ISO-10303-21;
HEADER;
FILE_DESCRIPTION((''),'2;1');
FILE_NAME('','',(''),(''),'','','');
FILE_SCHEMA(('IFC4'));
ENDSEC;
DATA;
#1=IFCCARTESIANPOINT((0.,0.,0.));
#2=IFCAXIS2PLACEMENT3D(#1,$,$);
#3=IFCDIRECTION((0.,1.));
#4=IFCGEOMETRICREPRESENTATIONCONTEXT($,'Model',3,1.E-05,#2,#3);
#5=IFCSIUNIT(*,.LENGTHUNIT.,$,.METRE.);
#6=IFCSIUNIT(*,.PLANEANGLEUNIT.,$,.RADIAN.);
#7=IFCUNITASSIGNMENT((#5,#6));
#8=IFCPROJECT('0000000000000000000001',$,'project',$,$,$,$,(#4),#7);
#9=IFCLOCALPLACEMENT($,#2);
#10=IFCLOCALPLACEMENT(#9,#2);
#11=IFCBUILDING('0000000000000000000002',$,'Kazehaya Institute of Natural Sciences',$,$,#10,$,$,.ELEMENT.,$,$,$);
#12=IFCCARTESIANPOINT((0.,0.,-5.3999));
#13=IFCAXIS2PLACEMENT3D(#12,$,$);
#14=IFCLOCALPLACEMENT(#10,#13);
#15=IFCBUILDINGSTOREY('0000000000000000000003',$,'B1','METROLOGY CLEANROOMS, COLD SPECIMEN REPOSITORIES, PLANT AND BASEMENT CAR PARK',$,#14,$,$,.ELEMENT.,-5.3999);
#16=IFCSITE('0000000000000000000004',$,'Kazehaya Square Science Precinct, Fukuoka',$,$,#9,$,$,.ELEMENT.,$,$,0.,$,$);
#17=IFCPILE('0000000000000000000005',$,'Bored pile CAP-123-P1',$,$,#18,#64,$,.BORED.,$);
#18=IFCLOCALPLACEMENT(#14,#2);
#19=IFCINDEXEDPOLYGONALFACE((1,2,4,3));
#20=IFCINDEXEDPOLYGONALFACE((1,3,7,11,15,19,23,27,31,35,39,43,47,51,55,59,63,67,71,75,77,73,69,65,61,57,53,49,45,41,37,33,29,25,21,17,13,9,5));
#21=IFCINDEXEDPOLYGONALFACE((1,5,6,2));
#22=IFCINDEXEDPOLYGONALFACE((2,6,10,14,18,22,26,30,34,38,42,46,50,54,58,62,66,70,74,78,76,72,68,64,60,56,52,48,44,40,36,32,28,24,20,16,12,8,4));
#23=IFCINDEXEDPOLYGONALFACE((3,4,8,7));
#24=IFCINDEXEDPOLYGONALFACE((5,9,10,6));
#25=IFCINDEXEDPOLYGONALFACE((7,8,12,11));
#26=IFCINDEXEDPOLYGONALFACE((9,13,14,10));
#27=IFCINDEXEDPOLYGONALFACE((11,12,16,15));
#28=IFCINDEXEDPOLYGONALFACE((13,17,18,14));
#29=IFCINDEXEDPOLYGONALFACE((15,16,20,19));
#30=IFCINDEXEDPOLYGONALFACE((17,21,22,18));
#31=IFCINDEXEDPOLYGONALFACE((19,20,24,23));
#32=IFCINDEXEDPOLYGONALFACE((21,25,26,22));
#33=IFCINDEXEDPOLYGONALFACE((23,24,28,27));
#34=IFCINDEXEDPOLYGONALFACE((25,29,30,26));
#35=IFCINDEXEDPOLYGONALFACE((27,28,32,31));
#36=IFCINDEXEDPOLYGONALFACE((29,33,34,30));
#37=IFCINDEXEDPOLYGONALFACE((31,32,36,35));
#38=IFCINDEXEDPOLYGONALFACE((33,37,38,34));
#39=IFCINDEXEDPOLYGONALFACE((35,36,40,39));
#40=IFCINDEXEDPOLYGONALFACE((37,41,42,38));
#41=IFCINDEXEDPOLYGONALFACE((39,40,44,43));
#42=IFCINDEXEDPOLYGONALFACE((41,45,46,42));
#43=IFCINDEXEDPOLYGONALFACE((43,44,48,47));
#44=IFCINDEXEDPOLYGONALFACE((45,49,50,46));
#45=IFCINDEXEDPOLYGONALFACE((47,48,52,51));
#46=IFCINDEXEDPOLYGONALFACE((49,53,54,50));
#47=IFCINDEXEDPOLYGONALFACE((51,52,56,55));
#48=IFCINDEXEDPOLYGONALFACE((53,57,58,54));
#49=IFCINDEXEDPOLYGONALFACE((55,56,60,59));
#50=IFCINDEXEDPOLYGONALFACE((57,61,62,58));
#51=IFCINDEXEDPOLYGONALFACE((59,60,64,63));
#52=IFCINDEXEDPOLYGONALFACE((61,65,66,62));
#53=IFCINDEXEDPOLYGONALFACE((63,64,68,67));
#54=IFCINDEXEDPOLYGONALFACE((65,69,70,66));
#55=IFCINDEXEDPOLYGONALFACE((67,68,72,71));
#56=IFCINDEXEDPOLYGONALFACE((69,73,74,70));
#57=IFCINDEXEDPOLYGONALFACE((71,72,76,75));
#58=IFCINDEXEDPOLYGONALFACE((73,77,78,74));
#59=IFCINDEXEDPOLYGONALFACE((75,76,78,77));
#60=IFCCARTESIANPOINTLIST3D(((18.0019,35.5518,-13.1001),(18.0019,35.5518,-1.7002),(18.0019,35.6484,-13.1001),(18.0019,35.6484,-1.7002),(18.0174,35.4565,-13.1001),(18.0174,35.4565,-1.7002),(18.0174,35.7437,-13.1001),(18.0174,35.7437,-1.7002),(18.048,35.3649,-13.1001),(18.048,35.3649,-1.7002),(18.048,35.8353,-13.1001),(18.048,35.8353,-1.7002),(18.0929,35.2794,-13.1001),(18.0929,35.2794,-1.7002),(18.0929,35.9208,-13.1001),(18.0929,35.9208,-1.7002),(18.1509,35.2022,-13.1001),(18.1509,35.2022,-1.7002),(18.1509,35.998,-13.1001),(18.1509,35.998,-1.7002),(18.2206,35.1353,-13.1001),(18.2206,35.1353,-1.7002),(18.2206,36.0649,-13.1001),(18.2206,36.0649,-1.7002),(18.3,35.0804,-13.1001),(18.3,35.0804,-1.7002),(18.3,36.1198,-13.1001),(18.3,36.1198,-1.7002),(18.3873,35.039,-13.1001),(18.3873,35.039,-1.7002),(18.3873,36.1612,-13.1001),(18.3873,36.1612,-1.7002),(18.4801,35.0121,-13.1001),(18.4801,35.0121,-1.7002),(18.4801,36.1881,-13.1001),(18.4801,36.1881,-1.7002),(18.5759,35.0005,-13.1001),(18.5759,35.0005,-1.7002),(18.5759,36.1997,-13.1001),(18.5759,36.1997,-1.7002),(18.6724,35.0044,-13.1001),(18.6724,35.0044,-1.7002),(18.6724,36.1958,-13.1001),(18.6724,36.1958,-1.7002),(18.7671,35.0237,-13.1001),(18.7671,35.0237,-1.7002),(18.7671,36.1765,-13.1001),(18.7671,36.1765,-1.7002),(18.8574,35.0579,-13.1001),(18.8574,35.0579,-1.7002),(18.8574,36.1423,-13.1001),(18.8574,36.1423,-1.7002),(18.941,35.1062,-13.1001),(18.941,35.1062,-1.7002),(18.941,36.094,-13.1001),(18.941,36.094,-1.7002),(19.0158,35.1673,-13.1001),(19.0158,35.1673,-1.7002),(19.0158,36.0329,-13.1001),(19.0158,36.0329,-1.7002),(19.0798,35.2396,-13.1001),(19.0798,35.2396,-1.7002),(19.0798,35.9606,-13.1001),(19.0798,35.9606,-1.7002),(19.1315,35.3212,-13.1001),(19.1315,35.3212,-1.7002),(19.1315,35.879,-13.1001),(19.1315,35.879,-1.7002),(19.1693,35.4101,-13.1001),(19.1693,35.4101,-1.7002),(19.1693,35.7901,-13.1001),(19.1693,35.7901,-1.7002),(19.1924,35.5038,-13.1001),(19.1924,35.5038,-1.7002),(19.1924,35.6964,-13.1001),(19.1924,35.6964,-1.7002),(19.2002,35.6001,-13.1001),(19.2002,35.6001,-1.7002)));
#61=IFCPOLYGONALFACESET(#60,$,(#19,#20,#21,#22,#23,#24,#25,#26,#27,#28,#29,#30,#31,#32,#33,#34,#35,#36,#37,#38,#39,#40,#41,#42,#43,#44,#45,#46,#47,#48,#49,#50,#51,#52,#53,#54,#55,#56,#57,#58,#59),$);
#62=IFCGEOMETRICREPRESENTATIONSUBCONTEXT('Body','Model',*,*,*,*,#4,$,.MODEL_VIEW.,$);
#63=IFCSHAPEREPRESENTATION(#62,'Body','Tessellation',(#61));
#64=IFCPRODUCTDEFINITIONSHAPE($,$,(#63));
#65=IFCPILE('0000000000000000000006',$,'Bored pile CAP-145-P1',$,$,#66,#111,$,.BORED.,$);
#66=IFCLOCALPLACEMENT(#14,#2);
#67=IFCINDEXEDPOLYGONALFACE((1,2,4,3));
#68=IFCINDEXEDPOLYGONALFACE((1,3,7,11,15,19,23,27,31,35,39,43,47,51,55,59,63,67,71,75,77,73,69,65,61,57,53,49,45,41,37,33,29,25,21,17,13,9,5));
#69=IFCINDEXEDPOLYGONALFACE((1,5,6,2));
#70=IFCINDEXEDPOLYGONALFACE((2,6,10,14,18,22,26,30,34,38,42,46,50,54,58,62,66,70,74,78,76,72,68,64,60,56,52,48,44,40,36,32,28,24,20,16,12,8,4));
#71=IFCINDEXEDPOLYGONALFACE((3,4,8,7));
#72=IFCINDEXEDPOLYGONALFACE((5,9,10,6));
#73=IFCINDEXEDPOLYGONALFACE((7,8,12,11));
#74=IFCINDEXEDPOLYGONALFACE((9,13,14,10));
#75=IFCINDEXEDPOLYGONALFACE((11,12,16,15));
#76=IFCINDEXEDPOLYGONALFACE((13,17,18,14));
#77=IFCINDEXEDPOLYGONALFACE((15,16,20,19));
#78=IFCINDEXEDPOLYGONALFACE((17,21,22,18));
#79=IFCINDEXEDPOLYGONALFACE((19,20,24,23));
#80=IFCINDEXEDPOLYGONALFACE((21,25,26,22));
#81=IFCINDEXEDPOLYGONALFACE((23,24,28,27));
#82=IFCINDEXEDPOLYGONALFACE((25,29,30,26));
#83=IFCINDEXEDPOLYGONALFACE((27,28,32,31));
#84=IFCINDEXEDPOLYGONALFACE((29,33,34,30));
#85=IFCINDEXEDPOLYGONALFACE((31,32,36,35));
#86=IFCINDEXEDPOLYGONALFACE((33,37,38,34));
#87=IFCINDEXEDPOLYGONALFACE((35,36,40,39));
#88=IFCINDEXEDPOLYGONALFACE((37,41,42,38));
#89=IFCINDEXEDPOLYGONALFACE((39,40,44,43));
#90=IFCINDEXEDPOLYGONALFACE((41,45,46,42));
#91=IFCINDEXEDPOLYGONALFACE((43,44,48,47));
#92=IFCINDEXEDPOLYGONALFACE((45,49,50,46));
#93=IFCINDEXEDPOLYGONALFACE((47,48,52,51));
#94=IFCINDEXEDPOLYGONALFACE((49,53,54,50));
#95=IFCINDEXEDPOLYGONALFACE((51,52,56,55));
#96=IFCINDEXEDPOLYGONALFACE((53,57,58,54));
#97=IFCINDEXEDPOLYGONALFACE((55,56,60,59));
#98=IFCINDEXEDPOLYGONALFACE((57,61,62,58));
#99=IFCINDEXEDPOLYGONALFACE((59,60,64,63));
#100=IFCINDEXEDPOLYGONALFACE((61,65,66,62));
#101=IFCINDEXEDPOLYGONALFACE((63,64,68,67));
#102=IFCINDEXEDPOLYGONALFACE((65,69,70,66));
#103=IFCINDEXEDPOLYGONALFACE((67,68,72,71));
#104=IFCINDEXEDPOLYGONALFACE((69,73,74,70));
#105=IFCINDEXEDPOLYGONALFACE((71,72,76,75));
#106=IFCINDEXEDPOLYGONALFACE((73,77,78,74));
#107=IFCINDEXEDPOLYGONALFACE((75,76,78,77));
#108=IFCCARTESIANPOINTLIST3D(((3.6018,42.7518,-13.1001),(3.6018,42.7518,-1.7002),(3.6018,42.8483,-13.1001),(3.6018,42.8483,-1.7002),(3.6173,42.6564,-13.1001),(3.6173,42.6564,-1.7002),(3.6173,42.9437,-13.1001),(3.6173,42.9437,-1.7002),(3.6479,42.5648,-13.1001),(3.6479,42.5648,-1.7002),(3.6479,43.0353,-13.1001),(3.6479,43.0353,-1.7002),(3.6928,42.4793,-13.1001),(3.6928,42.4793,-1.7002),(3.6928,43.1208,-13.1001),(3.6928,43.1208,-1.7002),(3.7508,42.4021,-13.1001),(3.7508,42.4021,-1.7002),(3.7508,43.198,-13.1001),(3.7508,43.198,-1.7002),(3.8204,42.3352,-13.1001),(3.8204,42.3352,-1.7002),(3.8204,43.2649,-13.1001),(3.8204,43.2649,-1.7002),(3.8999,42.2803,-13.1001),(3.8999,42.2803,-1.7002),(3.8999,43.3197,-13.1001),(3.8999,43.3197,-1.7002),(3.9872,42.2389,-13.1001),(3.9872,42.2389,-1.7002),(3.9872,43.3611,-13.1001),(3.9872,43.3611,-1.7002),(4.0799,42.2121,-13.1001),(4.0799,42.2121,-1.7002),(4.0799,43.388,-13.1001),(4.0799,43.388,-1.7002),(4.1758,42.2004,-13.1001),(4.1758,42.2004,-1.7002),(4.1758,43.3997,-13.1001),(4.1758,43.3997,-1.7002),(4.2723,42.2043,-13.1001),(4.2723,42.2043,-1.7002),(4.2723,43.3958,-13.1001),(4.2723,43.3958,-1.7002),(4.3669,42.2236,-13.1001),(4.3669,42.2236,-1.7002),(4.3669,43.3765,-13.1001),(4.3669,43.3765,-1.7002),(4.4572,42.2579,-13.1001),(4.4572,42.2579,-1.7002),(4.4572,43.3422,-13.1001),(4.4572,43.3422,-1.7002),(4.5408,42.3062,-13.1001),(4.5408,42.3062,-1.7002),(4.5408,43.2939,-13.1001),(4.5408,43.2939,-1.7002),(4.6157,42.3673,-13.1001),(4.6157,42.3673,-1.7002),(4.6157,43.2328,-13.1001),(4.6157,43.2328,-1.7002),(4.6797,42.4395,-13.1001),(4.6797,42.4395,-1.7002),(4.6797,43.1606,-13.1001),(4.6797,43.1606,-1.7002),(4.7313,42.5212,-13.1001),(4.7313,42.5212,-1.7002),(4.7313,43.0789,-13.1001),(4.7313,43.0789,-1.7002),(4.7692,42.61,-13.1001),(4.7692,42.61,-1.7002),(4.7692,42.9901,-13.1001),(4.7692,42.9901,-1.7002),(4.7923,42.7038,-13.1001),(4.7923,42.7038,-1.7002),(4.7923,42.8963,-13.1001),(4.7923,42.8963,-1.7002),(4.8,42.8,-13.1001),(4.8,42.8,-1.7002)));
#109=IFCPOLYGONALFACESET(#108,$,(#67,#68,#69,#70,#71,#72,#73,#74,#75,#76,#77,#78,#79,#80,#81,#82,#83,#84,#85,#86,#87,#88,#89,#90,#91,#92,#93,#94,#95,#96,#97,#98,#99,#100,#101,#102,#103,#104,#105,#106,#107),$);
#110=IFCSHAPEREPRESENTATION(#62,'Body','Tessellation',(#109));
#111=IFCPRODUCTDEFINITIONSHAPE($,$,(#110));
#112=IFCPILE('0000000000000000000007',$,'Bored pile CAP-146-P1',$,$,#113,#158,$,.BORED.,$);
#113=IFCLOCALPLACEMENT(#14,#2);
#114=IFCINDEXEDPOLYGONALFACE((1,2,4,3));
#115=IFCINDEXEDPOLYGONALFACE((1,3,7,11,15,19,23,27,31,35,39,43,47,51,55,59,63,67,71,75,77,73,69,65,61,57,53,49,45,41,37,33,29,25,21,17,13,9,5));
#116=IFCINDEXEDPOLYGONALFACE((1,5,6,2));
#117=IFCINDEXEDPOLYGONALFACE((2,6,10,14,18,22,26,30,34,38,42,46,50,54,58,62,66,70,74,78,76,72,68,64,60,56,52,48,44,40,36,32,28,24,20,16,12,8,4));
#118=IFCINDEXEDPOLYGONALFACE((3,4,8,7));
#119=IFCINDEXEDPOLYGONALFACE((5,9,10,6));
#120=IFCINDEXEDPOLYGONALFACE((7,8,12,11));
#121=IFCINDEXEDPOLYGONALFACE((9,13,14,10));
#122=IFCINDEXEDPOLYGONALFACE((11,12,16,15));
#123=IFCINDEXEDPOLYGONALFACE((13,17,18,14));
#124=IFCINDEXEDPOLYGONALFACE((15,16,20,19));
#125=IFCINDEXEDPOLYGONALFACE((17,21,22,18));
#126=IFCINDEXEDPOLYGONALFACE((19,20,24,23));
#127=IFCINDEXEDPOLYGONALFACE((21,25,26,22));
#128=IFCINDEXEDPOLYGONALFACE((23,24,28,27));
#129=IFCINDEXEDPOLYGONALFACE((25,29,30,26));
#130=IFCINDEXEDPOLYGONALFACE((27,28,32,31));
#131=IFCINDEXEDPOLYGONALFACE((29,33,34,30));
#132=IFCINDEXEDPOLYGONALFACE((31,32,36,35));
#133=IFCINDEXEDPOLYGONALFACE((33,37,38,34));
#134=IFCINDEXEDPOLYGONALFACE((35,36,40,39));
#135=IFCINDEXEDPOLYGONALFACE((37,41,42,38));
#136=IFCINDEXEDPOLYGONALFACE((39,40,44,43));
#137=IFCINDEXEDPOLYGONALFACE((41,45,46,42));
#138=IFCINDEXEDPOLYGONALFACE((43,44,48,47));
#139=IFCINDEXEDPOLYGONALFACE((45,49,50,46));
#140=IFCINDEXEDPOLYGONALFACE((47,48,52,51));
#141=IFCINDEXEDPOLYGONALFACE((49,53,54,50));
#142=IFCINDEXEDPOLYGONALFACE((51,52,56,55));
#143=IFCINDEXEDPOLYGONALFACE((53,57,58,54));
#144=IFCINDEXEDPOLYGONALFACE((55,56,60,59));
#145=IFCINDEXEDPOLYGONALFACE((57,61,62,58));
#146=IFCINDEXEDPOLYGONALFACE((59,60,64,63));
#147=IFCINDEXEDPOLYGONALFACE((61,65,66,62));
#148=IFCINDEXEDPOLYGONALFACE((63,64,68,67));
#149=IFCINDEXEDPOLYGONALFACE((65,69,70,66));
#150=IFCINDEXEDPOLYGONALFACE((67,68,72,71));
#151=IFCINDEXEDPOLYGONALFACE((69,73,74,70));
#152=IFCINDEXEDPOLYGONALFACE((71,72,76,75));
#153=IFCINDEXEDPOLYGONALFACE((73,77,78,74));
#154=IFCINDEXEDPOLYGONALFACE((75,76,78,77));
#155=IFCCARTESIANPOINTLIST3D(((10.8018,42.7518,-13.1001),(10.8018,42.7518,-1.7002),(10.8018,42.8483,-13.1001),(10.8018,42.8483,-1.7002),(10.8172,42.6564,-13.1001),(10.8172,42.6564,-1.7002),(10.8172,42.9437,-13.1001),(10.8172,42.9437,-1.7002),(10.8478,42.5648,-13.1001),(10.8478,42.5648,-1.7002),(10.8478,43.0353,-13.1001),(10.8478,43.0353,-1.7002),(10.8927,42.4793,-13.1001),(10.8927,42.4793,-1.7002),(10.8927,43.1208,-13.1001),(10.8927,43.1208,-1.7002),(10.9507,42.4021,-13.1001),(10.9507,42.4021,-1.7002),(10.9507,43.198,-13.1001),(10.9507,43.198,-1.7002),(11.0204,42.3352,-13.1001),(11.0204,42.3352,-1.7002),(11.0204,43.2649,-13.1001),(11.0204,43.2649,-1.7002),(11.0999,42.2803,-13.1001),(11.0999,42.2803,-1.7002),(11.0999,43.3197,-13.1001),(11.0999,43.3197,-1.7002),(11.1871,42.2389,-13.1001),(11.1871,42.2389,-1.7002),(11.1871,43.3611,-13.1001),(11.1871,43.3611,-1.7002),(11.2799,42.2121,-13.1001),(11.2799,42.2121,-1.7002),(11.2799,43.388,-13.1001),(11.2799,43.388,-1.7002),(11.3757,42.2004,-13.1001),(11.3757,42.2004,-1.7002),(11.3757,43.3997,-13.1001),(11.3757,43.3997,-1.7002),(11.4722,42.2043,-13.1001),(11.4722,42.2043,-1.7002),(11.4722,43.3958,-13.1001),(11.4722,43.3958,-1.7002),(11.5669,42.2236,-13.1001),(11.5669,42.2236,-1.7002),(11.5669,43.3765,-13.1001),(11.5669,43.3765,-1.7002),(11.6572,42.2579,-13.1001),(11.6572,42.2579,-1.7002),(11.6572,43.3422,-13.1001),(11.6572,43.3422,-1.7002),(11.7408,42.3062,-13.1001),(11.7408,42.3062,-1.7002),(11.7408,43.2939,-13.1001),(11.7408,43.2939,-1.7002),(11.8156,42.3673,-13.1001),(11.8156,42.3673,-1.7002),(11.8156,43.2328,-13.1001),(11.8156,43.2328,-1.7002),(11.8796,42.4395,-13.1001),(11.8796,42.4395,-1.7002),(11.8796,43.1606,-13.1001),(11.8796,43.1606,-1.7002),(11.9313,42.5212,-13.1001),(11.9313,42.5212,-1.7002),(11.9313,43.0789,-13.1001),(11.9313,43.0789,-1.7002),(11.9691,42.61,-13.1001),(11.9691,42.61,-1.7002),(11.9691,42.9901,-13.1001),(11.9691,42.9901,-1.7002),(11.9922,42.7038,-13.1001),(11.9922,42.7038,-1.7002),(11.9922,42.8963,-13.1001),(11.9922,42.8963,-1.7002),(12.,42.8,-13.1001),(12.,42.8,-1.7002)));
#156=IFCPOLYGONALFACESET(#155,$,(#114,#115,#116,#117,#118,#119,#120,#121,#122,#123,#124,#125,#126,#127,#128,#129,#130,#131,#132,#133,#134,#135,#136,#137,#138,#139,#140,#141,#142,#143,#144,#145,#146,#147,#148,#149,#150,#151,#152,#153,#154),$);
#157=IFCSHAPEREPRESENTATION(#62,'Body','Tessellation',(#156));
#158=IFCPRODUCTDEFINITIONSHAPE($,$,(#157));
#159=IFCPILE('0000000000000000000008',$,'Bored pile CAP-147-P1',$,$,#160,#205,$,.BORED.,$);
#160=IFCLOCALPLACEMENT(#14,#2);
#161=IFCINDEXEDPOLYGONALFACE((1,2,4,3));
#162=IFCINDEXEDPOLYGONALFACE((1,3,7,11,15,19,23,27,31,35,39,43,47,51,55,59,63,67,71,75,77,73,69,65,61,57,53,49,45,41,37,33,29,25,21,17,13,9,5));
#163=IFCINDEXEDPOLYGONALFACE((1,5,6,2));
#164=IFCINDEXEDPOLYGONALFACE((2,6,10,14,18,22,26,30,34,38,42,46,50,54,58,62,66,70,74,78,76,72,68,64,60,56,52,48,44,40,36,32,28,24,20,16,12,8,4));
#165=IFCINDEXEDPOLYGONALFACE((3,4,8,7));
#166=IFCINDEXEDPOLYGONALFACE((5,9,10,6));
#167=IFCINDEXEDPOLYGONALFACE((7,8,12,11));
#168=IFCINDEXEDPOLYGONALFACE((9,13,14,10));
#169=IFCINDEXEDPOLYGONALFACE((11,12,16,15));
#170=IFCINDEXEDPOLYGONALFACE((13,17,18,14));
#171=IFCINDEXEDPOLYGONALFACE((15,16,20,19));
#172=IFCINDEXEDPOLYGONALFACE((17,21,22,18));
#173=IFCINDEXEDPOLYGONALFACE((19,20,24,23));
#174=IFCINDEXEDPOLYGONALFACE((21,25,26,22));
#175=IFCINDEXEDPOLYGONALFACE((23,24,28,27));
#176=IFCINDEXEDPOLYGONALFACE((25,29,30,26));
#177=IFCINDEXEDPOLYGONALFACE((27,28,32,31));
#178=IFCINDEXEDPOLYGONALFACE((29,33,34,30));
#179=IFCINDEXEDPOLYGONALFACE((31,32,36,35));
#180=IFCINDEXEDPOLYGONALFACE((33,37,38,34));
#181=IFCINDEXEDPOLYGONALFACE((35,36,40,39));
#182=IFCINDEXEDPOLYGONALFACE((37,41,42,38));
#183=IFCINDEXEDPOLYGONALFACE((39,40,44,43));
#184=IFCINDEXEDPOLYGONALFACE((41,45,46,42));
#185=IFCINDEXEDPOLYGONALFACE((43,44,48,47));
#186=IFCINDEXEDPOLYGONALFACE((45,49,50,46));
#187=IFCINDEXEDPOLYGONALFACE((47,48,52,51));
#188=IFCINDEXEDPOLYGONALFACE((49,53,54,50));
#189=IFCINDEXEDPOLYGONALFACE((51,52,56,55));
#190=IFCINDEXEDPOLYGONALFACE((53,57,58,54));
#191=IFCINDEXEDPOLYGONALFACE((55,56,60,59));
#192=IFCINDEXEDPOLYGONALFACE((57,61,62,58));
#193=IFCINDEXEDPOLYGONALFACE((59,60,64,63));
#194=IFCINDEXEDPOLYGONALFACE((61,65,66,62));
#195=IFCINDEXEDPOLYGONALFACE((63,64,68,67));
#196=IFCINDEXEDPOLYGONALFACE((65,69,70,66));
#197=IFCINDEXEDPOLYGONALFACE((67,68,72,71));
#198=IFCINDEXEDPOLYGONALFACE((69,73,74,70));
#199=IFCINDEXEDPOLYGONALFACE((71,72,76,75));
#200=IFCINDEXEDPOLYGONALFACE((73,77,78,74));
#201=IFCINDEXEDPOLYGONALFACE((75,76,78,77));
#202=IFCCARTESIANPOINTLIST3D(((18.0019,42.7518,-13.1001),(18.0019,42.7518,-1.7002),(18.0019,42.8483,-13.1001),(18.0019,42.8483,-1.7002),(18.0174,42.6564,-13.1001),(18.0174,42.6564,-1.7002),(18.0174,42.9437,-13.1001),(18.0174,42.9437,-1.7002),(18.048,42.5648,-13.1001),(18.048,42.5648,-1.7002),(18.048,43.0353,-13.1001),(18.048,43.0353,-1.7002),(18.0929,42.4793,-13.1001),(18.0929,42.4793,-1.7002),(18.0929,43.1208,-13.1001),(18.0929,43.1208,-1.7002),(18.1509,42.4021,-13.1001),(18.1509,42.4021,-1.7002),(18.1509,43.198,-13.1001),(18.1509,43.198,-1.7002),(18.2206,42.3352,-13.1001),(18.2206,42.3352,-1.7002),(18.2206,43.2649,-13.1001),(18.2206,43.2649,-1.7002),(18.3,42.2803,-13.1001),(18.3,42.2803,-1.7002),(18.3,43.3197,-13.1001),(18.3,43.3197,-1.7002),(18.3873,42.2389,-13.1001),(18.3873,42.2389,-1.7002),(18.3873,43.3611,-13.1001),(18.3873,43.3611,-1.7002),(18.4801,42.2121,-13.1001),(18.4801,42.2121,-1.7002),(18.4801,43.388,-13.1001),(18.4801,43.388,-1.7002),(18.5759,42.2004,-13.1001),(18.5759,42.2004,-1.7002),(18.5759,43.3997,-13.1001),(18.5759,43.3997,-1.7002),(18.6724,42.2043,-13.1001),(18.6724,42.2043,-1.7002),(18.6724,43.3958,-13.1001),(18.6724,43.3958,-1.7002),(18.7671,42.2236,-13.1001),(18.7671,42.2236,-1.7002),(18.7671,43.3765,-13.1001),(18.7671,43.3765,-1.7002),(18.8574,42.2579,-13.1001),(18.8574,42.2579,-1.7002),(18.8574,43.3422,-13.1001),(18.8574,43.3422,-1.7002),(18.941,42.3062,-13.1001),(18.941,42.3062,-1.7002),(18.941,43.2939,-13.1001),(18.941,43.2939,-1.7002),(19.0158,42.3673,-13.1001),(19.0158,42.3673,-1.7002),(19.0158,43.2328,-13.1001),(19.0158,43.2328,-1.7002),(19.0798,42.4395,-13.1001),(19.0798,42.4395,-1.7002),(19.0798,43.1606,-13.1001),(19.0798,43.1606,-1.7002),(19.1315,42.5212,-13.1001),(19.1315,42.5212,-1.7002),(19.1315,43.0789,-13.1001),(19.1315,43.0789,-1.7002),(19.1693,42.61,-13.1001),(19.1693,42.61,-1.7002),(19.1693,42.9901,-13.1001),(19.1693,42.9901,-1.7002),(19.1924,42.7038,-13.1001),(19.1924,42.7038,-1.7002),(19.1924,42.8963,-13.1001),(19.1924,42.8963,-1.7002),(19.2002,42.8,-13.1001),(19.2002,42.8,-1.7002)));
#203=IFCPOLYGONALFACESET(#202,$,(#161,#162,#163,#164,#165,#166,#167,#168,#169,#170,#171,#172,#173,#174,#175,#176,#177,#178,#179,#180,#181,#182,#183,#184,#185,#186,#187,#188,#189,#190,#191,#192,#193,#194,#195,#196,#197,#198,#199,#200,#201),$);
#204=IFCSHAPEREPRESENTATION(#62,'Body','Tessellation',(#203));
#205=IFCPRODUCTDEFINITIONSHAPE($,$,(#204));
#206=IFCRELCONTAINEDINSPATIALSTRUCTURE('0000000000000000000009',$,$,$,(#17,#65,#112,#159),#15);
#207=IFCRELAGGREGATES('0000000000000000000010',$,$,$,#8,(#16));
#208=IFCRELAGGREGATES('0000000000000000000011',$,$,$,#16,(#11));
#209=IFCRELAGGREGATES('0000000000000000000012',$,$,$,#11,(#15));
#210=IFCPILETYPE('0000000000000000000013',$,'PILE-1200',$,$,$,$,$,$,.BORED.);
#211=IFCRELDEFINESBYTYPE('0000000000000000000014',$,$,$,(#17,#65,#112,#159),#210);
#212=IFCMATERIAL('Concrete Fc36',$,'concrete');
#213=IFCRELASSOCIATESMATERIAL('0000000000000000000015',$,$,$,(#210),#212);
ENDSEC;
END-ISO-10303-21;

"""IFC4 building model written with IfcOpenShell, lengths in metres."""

from ifc_helpers import new_model, si_unit, direction, frame, origin, origin_2d, place, context, subcontext, project, spatial, circle, extrude, material, material_profile, profile_set, type_object, element, save


model = new_model("IFC4")

# Units and contexts
model_context = context("Model", 3, precision=1e-05, world=origin(), true_north=direction((0.0, 1.0)))
body_context = subcontext(model_context, "Body", "Model", "MODEL_VIEW")
ifc_project = project(units=[si_unit("LENGTHUNIT", "METRE"), si_unit("PLANEANGLEUNIT", "RADIAN")], contexts=[model_context])

# Site, building, storey
site_placement = place(None, origin())
site = spatial("IfcSite", under=ifc_project, at=site_placement, Name="Kazehaya Square Science Precinct, Fukuoka", CompositionType="ELEMENT", RefElevation=0.0)
building_placement = place(site_placement, origin())
building = spatial("IfcBuilding", under=site, at=building_placement, Name="Kazehaya Institute of Natural Sciences", CompositionType="ELEMENT")
storey_placement = place(building_placement, frame((0.0, 0.0, -5.3999)))
storey = spatial("IfcBuildingStorey", under=building, at=storey_placement, Name="B1", Description="METROLOGY CLEANROOMS, COLD SPECIMEN REPOSITORIES, PLANT AND BASEMENT CAR PARK", CompositionType="ELEMENT", Elevation=-5.3999)

# Shared definitions
ifc_material_1 = material(Name="Concrete Fc36", Category="concrete")

# Piles
ifc_material_profile_1 = material_profile(ifc_material_1, circle(Radius=0.6001, at=origin_2d()), Name="PILE-1200")
ifc_profile_set_1 = profile_set([ifc_material_profile_1], Name="Concrete Fc36")
pile_type = type_object("IfcPileType", Name="PILE-1200", PredefinedType="BORED", material=ifc_profile_set_1)
for number, where, z_axis, x_axis, name in (
    (1, (18.6001, 35.6001, -1.7002), (0.0, 0.0, -1.0), (1.0, 0.0, 0.0), "Bored pile CAP-123-P1"),
    (2, (4.2, 42.8, -1.7002), (0.0, 0.0, -1.0), (1.0, 0.0, 0.0), "Bored pile CAP-145-P1"),
    (3, (11.3999, 42.8, -1.7002), (0.0, 0.0, -1.0), (1.0, 0.0, 0.0), "Bored pile CAP-146-P1"),
    (4, (18.6001, 42.8, -1.7002), (0.0, 0.0, -1.0), (1.0, 0.0, 0.0), "Bored pile CAP-147-P1"),
):
    element("IfcPile", number, at=place(storey_placement, frame(where, z_axis=z_axis, x_axis=x_axis)), inside=storey, type_object=pile_type, Name=name, PredefinedType="BORED", context=body_context, shape_type="SweptSolid", body=[
        extrude(circle(Radius=0.6001, at=origin_2d()), origin(), (0.0, 0.0, 1.0), 11.3999),
    ])

save(model, "model.ifc")
